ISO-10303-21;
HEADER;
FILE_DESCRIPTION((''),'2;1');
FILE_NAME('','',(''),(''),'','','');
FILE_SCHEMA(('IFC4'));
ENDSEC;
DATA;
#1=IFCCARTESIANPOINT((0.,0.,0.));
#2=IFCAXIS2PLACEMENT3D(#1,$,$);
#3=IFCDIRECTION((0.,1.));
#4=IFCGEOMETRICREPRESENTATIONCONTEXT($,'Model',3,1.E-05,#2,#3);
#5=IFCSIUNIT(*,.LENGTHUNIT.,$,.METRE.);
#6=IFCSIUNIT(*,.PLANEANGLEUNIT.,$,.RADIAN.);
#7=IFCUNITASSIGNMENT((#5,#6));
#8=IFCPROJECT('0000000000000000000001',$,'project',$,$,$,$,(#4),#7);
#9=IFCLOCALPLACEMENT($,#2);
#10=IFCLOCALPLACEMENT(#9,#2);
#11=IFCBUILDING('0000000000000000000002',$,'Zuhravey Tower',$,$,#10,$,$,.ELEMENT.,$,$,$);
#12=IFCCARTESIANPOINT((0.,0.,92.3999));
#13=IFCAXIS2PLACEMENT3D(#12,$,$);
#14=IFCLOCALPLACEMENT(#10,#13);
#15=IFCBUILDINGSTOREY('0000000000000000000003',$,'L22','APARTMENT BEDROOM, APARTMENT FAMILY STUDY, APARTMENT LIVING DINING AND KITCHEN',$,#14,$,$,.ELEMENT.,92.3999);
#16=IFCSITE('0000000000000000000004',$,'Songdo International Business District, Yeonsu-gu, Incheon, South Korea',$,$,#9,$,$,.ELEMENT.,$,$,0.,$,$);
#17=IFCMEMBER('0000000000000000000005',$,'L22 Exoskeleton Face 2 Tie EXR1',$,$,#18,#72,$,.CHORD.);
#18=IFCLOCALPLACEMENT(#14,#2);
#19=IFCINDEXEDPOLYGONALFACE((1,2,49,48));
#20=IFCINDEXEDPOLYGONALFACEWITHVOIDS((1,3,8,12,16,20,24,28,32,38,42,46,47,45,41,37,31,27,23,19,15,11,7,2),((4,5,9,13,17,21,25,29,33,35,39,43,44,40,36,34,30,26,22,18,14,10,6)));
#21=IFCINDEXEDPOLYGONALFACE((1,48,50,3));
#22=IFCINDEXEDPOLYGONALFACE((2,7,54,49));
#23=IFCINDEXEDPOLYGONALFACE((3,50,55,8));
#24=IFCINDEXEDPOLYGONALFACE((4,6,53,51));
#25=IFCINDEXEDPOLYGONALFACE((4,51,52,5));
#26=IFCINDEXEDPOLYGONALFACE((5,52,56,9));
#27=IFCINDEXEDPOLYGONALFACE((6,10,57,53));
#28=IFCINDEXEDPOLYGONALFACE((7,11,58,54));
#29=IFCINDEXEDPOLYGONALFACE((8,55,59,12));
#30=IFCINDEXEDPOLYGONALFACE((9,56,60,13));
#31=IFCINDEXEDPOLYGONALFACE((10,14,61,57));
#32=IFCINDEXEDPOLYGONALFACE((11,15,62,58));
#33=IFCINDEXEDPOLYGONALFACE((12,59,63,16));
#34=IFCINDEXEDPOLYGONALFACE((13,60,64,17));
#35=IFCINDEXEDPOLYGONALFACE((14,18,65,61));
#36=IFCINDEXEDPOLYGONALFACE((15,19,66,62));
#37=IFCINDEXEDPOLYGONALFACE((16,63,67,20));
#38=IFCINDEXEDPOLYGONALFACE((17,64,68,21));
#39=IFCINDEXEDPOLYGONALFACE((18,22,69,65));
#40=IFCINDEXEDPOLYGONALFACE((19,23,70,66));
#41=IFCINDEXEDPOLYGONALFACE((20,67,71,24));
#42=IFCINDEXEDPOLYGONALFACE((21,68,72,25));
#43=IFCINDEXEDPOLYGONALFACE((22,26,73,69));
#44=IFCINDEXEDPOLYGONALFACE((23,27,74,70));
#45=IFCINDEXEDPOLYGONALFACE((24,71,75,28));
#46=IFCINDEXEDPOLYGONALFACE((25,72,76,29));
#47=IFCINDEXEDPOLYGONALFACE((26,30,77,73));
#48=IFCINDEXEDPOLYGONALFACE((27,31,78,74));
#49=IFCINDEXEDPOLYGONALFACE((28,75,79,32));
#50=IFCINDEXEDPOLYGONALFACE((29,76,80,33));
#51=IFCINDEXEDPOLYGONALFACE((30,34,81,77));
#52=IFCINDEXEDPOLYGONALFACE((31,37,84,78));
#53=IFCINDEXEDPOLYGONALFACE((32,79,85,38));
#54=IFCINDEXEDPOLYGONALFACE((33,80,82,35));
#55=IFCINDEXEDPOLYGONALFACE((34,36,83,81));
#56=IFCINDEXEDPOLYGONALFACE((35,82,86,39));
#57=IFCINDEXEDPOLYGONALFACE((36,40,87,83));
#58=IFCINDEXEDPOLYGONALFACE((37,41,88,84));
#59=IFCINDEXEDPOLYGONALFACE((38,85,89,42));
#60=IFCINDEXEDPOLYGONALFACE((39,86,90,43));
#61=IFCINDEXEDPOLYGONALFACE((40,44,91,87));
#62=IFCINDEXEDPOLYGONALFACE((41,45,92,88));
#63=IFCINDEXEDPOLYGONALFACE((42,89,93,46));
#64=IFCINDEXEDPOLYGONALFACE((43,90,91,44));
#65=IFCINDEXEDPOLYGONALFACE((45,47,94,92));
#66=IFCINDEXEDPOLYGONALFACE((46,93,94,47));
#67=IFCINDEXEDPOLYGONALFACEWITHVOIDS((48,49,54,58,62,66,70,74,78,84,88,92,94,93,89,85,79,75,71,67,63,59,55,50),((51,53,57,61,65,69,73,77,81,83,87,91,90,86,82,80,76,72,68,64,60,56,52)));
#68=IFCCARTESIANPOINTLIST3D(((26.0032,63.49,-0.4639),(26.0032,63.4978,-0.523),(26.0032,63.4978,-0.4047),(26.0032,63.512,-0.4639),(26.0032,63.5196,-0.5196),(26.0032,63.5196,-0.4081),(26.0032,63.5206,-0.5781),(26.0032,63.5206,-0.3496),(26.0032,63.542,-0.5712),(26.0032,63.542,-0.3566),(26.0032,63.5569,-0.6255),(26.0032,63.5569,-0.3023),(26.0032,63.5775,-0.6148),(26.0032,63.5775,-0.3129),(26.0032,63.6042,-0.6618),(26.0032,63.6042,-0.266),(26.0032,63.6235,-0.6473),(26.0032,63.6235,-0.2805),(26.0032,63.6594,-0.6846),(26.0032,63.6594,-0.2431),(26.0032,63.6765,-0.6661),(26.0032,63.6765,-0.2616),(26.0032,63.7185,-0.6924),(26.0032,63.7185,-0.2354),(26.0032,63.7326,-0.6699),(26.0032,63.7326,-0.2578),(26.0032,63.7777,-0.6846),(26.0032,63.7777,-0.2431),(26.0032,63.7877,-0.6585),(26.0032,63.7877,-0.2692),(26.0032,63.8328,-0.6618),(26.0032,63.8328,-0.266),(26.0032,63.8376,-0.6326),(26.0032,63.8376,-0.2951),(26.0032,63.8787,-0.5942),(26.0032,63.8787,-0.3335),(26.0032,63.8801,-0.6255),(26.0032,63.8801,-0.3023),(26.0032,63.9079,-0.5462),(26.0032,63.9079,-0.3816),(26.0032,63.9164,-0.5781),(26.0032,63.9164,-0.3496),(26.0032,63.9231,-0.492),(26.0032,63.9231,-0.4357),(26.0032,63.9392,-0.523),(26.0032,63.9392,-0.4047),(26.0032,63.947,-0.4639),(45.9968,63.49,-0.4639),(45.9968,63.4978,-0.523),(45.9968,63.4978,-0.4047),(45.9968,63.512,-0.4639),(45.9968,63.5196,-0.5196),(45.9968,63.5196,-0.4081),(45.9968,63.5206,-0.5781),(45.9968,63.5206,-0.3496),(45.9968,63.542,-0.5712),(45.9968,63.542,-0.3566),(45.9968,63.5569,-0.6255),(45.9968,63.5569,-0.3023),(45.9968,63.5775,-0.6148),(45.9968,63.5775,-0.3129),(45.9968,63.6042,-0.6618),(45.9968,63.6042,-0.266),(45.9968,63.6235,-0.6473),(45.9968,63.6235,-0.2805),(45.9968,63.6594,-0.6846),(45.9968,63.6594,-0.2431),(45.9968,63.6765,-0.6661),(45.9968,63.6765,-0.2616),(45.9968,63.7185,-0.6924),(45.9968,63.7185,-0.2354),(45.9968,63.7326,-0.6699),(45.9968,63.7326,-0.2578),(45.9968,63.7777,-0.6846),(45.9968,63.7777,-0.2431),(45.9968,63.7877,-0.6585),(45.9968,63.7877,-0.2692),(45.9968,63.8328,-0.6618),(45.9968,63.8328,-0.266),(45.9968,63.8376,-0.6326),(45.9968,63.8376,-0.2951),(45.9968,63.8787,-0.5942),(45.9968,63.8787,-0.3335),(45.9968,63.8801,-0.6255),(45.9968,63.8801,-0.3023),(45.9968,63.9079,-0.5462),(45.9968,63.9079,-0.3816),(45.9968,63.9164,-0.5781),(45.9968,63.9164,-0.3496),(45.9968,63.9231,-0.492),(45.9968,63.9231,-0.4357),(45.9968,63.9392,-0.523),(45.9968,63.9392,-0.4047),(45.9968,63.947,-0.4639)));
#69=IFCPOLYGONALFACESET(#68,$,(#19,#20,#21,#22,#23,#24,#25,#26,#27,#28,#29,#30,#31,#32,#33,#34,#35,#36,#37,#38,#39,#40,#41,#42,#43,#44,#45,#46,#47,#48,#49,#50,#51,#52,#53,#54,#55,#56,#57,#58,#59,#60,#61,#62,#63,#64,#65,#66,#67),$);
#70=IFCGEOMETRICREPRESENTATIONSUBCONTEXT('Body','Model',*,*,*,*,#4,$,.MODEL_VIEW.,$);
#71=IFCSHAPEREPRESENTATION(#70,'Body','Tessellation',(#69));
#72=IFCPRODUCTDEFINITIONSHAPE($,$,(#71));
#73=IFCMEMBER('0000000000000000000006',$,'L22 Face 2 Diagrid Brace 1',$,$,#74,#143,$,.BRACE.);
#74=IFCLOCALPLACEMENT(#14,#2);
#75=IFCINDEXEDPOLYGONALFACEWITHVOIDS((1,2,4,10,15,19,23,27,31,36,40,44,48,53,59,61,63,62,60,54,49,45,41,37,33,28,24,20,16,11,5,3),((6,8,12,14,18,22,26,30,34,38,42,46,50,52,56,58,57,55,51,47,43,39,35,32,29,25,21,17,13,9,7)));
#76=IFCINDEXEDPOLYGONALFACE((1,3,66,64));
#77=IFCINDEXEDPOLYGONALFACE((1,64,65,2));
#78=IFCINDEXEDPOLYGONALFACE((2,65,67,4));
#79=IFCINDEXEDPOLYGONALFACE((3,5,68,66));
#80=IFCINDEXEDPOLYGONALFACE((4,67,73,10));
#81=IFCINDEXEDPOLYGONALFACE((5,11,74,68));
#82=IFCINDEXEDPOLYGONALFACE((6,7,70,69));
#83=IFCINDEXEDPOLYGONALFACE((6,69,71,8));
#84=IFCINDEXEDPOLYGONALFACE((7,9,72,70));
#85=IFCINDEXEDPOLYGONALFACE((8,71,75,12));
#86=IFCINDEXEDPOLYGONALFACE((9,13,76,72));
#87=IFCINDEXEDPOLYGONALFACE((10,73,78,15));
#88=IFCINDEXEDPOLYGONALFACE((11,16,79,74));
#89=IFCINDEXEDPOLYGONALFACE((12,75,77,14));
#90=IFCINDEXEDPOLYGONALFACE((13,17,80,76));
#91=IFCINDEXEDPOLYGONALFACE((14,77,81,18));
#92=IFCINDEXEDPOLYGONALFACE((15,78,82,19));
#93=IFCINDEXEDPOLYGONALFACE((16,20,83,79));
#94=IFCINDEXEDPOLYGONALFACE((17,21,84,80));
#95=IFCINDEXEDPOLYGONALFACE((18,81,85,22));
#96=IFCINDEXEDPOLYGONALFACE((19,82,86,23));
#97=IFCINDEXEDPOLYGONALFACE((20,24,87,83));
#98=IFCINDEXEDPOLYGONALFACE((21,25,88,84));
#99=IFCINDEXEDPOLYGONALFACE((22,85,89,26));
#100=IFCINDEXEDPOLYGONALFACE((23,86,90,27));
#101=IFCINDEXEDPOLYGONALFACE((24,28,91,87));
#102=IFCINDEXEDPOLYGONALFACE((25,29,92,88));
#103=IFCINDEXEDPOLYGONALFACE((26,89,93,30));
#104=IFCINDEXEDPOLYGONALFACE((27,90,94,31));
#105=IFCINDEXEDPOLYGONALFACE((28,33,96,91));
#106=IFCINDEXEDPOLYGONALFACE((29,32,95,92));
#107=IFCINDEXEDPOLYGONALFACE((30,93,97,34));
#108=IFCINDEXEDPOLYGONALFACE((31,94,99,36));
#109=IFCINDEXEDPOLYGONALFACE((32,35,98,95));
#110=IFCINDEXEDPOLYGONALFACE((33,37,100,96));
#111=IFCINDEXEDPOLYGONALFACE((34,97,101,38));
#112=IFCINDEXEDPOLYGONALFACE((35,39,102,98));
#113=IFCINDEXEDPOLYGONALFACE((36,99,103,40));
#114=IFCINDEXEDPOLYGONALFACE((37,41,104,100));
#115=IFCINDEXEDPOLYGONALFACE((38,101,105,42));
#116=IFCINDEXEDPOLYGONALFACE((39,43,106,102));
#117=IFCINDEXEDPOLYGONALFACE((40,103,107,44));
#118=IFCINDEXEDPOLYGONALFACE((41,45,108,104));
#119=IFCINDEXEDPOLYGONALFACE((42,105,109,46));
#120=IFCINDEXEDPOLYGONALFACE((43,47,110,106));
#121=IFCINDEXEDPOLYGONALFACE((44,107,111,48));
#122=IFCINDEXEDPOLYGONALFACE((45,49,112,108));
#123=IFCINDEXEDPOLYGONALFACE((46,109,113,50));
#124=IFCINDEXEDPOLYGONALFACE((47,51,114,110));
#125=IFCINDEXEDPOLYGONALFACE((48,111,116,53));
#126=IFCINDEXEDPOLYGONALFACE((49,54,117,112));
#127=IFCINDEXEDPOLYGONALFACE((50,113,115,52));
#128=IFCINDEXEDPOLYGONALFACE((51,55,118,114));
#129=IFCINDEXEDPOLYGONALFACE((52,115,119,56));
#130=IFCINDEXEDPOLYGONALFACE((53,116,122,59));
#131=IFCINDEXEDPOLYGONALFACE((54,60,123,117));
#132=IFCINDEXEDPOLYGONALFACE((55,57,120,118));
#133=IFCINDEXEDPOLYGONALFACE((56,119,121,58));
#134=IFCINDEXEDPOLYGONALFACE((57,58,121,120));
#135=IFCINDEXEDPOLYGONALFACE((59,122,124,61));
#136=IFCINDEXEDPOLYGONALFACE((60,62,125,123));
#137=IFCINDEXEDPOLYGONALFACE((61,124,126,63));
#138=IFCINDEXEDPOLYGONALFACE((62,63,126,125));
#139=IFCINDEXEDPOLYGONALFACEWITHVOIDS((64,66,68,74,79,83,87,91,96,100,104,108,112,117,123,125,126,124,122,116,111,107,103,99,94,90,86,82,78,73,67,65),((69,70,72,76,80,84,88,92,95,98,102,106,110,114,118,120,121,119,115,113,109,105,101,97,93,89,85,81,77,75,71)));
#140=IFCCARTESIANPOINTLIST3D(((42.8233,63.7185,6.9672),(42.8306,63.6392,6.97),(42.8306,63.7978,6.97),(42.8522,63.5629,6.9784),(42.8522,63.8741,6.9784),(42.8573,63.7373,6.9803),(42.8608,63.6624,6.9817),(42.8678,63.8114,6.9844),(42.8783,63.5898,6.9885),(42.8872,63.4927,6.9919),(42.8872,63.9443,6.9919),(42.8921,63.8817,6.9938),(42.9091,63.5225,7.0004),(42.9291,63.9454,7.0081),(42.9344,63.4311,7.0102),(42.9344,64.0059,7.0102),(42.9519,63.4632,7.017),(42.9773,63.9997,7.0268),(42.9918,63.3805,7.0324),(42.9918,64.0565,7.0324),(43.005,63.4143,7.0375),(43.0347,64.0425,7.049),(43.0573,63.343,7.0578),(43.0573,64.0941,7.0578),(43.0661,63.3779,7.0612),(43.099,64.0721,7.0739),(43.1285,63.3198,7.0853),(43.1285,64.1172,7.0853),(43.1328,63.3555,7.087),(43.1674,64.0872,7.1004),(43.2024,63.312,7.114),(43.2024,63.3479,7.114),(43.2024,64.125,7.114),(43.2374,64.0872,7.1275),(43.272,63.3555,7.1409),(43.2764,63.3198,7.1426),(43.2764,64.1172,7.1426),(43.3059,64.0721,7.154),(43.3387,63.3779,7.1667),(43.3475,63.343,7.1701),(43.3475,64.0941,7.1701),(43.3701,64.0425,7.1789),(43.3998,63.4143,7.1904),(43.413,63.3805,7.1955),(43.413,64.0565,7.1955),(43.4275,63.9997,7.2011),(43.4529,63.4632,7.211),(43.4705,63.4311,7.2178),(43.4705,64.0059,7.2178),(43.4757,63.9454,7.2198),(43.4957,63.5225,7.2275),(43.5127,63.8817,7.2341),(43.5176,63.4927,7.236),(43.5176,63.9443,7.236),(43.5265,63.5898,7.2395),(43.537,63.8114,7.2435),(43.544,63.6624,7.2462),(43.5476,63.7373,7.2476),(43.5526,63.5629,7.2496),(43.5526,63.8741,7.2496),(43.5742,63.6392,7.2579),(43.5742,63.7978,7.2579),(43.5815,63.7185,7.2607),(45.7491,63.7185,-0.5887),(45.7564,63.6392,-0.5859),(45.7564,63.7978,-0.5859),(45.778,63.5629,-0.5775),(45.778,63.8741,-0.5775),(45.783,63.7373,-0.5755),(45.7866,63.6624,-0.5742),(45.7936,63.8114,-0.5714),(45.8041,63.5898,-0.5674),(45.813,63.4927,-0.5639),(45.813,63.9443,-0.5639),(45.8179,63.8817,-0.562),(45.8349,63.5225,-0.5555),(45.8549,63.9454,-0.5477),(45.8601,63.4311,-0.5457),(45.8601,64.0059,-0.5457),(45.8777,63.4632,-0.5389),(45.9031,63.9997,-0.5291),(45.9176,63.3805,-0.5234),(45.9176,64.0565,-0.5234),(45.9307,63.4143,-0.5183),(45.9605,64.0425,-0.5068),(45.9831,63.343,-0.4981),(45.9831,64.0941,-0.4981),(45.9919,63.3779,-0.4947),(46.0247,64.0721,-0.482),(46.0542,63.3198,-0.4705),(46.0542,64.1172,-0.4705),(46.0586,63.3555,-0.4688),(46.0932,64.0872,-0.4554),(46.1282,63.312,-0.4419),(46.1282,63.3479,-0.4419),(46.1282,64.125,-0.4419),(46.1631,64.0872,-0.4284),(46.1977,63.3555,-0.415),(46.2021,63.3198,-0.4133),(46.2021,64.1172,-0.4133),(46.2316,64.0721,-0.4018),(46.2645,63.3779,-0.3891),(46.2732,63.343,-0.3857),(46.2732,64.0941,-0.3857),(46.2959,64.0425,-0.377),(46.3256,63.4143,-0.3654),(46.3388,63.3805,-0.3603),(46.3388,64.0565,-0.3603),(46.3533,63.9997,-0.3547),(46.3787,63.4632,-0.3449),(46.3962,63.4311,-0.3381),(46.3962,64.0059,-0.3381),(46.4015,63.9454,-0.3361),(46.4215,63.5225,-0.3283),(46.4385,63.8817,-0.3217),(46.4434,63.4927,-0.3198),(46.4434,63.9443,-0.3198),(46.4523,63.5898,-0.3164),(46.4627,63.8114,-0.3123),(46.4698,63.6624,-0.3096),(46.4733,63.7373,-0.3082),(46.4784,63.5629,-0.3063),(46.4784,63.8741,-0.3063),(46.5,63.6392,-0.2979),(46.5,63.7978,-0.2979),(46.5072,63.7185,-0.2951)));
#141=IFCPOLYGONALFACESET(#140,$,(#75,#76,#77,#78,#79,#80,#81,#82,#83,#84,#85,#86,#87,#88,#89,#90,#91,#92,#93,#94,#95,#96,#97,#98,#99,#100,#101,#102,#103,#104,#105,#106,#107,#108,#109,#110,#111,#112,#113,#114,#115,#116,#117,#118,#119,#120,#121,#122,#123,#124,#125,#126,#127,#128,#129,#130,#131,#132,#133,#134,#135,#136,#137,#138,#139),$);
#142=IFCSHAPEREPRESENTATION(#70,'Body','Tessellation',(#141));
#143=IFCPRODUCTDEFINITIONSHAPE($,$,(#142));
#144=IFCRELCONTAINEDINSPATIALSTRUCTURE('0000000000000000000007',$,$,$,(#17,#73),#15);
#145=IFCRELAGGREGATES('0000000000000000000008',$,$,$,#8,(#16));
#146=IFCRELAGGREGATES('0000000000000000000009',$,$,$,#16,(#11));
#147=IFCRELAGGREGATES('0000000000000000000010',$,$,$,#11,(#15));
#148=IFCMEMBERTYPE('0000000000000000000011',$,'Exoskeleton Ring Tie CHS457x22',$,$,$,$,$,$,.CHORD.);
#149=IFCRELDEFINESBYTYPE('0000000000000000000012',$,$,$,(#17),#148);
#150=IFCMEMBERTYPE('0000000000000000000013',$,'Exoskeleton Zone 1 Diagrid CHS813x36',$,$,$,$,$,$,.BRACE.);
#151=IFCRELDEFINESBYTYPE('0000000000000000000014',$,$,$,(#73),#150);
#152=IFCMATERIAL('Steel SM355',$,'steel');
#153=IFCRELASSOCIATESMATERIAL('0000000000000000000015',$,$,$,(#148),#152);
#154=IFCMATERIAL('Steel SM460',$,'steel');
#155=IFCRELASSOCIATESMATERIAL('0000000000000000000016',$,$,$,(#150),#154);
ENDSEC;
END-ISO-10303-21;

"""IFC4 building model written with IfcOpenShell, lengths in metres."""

from ifc_helpers import new_model, si_unit, direction, frame, origin, origin_2d, place, context, subcontext, project, spatial, hollow_circle, extrude, material, material_profile, profile_set, type_object, element, save


model = new_model("IFC4")

# Units and contexts
model_context = context("Model", 3, precision=1e-05, world=origin(), true_north=direction((0.0, 1.0)))
body_context = subcontext(model_context, "Body", "Model", "MODEL_VIEW")
ifc_project = project(units=[si_unit("LENGTHUNIT", "METRE"), si_unit("PLANEANGLEUNIT", "RADIAN")], contexts=[model_context])

# Site, building, storey
site_placement = place(None, origin())
site = spatial("IfcSite", under=ifc_project, at=site_placement, Name="Songdo International Business District, Yeonsu-gu, Incheon, South Korea", CompositionType="ELEMENT", RefElevation=0.0)
building_placement = place(site_placement, origin())
building = spatial("IfcBuilding", under=site, at=building_placement, Name="Zuhravey Tower", CompositionType="ELEMENT")
storey_placement = place(building_placement, frame((0.0, 0.0, 92.3999)))
storey = spatial("IfcBuildingStorey", under=building, at=storey_placement, Name="L22", Description="APARTMENT BEDROOM, APARTMENT FAMILY STUDY, APARTMENT LIVING DINING AND KITCHEN", CompositionType="ELEMENT", Elevation=92.3999)

# Members
ifc_material_1 = material(Name="Steel SM355", Category="steel")
ifc_material_profile_1 = material_profile(ifc_material_1, hollow_circle(Radius=0.2285, WallThickness=0.022, at=origin_2d()), Name="CHS-457.2x22")
ifc_profile_set_1 = profile_set([ifc_material_profile_1], Name="Steel SM355")
member_type_1 = type_object("IfcMemberType", Name="Exoskeleton Ring Tie CHS457x22", PredefinedType="CHORD", material=ifc_profile_set_1)
member_1_placement = place(storey_placement, frame((45.9968, 63.7185, -0.4639), z_axis=(-1.0, 0.0, 0.0), x_axis=(0.0, -1.0, 0.0)))
element("IfcMember", 1, at=member_1_placement, inside=storey, type_object=member_type_1, Name="L22 Exoskeleton Face 2 Tie EXR1", PredefinedType="CHORD", context=body_context, shape_type="SweptSolid", body=[
    extrude(hollow_circle(Radius=0.2285, WallThickness=0.022, at=origin_2d()), origin(), (0.0, 0.0, 1.0), 19.9937),
])
ifc_material_2 = material(Name="Steel SM460", Category="steel")
ifc_material_profile_2 = material_profile(ifc_material_2, hollow_circle(Radius=0.4065, WallThickness=0.0359, at=origin_2d()), Name="CHS-812.8x36")
ifc_profile_set_2 = profile_set([ifc_material_profile_2], Name="Steel SM460")
member_type_2 = type_object("IfcMemberType", Name="Exoskeleton Zone 1 Diagrid CHS813x36", PredefinedType="BRACE", material=ifc_profile_set_2)
member_2_placement = place(storey_placement, frame((46.1282, 63.7185, -0.4419), z_axis=(-0.361092, 0.0, 0.93253), x_axis=(0.0, -1.0, 0.0)))
element("IfcMember", 2, at=member_2_placement, inside=storey, type_object=member_type_2, Name="L22 Face 2 Diagrid Brace 1", PredefinedType="BRACE", context=body_context, shape_type="SweptSolid", body=[
    extrude(hollow_circle(Radius=0.4065, WallThickness=0.0359, at=origin_2d()), origin(), (0.0, 0.0, 1.0), 8.1025),
])

save(model, "model.ifc")
